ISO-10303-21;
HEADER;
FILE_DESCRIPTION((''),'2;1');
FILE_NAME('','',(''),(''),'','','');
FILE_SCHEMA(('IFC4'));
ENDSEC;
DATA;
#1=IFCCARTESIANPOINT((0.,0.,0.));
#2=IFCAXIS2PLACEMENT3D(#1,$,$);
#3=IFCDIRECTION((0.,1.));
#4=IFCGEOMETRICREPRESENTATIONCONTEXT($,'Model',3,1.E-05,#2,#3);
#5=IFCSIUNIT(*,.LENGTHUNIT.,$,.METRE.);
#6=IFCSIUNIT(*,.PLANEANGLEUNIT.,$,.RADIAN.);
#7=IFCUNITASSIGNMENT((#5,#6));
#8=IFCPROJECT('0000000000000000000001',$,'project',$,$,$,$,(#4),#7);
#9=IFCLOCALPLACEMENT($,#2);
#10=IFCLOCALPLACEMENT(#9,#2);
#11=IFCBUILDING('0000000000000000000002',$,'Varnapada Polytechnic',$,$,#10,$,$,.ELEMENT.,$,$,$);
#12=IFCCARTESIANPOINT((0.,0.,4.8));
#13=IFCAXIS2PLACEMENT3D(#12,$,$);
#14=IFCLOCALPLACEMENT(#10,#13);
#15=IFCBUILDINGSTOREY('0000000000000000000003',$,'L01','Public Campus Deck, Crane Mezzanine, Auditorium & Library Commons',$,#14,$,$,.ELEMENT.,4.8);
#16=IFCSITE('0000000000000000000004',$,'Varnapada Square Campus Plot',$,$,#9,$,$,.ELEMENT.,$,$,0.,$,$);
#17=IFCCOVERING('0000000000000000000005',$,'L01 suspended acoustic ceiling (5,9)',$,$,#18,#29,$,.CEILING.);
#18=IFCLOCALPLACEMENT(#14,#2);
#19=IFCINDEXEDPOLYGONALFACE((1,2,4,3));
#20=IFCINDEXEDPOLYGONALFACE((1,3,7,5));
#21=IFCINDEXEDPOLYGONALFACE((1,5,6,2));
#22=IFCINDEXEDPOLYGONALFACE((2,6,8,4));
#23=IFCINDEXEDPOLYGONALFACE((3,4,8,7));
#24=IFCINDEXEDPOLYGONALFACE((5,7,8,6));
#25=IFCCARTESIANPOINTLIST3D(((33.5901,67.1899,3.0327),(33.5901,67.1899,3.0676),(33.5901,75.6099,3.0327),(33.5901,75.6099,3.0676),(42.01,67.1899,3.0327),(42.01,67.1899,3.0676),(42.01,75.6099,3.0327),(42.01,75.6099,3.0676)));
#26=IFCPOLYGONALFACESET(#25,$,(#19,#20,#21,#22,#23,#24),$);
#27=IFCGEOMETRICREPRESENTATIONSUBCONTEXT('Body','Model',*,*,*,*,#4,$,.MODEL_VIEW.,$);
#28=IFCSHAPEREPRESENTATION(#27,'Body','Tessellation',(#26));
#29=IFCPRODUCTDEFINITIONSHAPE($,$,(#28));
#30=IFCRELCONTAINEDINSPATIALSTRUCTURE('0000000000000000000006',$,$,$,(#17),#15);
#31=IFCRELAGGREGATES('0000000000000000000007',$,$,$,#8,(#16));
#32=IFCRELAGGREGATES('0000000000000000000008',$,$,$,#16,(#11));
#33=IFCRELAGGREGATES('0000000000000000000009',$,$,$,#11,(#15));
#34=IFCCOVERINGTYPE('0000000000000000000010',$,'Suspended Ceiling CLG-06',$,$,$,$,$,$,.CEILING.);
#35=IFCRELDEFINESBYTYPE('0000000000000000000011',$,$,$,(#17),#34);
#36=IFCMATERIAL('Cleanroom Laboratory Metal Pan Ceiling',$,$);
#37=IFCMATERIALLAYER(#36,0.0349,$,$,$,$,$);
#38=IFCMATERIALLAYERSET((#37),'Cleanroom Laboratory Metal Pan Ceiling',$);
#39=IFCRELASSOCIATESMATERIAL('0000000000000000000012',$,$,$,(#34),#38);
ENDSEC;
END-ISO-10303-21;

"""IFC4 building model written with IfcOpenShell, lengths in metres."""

from ifc_helpers import new_model, si_unit, direction, frame, origin, origin_2d, place, context, subcontext, project, spatial, rectangle, extrude, material, layer, layer_set, type_object, element, save


model = new_model("IFC4")

# Units and contexts
model_context = context("Model", 3, precision=1e-05, world=origin(), true_north=direction((0.0, 1.0)))
body_context = subcontext(model_context, "Body", "Model", "MODEL_VIEW")
ifc_project = project(units=[si_unit("LENGTHUNIT", "METRE"), si_unit("PLANEANGLEUNIT", "RADIAN")], contexts=[model_context])

# Site, building, storey
site_placement = place(None, origin())
site = spatial("IfcSite", under=ifc_project, at=site_placement, Name="Varnapada Square Campus Plot", CompositionType="ELEMENT", RefElevation=0.0)
building_placement = place(site_placement, origin())
building = spatial("IfcBuilding", under=site, at=building_placement, Name="Varnapada Polytechnic", CompositionType="ELEMENT")
storey_placement = place(building_placement, frame((0.0, 0.0, 4.8)))
storey = spatial("IfcBuildingStorey", under=building, at=storey_placement, Name="L01", Description="Public Campus Deck, Crane Mezzanine, Auditorium & Library Commons", CompositionType="ELEMENT", Elevation=4.8)

# Covering
ifc_material_1 = material(Name="Cleanroom Laboratory Metal Pan Ceiling")
ifc_layer_1 = layer(ifc_material_1, 0.0349)
ifc_layer_set_1 = layer_set([ifc_layer_1], Name="Cleanroom Laboratory Metal Pan Ceiling")
covering_type = type_object("IfcCoveringType", Name="Suspended Ceiling CLG-06", PredefinedType="CEILING", material=ifc_layer_set_1)
covering_placement = place(storey_placement, frame((37.8, 71.3999, 3.0327), z_axis=(0.0, 0.0, 1.0), x_axis=(1.0, 0.0, 0.0)))
element("IfcCovering", 1, at=covering_placement, inside=storey, type_object=covering_type, Name="L01 suspended acoustic ceiling (5,9)", PredefinedType="CEILING", context=body_context, shape_type="SweptSolid", body=[
    extrude(rectangle(XDim=8.4199, YDim=8.4199, at=origin_2d()), origin(), (0.0, 0.0, 1.0), 0.0349),
])

save(model, "model.ifc")
